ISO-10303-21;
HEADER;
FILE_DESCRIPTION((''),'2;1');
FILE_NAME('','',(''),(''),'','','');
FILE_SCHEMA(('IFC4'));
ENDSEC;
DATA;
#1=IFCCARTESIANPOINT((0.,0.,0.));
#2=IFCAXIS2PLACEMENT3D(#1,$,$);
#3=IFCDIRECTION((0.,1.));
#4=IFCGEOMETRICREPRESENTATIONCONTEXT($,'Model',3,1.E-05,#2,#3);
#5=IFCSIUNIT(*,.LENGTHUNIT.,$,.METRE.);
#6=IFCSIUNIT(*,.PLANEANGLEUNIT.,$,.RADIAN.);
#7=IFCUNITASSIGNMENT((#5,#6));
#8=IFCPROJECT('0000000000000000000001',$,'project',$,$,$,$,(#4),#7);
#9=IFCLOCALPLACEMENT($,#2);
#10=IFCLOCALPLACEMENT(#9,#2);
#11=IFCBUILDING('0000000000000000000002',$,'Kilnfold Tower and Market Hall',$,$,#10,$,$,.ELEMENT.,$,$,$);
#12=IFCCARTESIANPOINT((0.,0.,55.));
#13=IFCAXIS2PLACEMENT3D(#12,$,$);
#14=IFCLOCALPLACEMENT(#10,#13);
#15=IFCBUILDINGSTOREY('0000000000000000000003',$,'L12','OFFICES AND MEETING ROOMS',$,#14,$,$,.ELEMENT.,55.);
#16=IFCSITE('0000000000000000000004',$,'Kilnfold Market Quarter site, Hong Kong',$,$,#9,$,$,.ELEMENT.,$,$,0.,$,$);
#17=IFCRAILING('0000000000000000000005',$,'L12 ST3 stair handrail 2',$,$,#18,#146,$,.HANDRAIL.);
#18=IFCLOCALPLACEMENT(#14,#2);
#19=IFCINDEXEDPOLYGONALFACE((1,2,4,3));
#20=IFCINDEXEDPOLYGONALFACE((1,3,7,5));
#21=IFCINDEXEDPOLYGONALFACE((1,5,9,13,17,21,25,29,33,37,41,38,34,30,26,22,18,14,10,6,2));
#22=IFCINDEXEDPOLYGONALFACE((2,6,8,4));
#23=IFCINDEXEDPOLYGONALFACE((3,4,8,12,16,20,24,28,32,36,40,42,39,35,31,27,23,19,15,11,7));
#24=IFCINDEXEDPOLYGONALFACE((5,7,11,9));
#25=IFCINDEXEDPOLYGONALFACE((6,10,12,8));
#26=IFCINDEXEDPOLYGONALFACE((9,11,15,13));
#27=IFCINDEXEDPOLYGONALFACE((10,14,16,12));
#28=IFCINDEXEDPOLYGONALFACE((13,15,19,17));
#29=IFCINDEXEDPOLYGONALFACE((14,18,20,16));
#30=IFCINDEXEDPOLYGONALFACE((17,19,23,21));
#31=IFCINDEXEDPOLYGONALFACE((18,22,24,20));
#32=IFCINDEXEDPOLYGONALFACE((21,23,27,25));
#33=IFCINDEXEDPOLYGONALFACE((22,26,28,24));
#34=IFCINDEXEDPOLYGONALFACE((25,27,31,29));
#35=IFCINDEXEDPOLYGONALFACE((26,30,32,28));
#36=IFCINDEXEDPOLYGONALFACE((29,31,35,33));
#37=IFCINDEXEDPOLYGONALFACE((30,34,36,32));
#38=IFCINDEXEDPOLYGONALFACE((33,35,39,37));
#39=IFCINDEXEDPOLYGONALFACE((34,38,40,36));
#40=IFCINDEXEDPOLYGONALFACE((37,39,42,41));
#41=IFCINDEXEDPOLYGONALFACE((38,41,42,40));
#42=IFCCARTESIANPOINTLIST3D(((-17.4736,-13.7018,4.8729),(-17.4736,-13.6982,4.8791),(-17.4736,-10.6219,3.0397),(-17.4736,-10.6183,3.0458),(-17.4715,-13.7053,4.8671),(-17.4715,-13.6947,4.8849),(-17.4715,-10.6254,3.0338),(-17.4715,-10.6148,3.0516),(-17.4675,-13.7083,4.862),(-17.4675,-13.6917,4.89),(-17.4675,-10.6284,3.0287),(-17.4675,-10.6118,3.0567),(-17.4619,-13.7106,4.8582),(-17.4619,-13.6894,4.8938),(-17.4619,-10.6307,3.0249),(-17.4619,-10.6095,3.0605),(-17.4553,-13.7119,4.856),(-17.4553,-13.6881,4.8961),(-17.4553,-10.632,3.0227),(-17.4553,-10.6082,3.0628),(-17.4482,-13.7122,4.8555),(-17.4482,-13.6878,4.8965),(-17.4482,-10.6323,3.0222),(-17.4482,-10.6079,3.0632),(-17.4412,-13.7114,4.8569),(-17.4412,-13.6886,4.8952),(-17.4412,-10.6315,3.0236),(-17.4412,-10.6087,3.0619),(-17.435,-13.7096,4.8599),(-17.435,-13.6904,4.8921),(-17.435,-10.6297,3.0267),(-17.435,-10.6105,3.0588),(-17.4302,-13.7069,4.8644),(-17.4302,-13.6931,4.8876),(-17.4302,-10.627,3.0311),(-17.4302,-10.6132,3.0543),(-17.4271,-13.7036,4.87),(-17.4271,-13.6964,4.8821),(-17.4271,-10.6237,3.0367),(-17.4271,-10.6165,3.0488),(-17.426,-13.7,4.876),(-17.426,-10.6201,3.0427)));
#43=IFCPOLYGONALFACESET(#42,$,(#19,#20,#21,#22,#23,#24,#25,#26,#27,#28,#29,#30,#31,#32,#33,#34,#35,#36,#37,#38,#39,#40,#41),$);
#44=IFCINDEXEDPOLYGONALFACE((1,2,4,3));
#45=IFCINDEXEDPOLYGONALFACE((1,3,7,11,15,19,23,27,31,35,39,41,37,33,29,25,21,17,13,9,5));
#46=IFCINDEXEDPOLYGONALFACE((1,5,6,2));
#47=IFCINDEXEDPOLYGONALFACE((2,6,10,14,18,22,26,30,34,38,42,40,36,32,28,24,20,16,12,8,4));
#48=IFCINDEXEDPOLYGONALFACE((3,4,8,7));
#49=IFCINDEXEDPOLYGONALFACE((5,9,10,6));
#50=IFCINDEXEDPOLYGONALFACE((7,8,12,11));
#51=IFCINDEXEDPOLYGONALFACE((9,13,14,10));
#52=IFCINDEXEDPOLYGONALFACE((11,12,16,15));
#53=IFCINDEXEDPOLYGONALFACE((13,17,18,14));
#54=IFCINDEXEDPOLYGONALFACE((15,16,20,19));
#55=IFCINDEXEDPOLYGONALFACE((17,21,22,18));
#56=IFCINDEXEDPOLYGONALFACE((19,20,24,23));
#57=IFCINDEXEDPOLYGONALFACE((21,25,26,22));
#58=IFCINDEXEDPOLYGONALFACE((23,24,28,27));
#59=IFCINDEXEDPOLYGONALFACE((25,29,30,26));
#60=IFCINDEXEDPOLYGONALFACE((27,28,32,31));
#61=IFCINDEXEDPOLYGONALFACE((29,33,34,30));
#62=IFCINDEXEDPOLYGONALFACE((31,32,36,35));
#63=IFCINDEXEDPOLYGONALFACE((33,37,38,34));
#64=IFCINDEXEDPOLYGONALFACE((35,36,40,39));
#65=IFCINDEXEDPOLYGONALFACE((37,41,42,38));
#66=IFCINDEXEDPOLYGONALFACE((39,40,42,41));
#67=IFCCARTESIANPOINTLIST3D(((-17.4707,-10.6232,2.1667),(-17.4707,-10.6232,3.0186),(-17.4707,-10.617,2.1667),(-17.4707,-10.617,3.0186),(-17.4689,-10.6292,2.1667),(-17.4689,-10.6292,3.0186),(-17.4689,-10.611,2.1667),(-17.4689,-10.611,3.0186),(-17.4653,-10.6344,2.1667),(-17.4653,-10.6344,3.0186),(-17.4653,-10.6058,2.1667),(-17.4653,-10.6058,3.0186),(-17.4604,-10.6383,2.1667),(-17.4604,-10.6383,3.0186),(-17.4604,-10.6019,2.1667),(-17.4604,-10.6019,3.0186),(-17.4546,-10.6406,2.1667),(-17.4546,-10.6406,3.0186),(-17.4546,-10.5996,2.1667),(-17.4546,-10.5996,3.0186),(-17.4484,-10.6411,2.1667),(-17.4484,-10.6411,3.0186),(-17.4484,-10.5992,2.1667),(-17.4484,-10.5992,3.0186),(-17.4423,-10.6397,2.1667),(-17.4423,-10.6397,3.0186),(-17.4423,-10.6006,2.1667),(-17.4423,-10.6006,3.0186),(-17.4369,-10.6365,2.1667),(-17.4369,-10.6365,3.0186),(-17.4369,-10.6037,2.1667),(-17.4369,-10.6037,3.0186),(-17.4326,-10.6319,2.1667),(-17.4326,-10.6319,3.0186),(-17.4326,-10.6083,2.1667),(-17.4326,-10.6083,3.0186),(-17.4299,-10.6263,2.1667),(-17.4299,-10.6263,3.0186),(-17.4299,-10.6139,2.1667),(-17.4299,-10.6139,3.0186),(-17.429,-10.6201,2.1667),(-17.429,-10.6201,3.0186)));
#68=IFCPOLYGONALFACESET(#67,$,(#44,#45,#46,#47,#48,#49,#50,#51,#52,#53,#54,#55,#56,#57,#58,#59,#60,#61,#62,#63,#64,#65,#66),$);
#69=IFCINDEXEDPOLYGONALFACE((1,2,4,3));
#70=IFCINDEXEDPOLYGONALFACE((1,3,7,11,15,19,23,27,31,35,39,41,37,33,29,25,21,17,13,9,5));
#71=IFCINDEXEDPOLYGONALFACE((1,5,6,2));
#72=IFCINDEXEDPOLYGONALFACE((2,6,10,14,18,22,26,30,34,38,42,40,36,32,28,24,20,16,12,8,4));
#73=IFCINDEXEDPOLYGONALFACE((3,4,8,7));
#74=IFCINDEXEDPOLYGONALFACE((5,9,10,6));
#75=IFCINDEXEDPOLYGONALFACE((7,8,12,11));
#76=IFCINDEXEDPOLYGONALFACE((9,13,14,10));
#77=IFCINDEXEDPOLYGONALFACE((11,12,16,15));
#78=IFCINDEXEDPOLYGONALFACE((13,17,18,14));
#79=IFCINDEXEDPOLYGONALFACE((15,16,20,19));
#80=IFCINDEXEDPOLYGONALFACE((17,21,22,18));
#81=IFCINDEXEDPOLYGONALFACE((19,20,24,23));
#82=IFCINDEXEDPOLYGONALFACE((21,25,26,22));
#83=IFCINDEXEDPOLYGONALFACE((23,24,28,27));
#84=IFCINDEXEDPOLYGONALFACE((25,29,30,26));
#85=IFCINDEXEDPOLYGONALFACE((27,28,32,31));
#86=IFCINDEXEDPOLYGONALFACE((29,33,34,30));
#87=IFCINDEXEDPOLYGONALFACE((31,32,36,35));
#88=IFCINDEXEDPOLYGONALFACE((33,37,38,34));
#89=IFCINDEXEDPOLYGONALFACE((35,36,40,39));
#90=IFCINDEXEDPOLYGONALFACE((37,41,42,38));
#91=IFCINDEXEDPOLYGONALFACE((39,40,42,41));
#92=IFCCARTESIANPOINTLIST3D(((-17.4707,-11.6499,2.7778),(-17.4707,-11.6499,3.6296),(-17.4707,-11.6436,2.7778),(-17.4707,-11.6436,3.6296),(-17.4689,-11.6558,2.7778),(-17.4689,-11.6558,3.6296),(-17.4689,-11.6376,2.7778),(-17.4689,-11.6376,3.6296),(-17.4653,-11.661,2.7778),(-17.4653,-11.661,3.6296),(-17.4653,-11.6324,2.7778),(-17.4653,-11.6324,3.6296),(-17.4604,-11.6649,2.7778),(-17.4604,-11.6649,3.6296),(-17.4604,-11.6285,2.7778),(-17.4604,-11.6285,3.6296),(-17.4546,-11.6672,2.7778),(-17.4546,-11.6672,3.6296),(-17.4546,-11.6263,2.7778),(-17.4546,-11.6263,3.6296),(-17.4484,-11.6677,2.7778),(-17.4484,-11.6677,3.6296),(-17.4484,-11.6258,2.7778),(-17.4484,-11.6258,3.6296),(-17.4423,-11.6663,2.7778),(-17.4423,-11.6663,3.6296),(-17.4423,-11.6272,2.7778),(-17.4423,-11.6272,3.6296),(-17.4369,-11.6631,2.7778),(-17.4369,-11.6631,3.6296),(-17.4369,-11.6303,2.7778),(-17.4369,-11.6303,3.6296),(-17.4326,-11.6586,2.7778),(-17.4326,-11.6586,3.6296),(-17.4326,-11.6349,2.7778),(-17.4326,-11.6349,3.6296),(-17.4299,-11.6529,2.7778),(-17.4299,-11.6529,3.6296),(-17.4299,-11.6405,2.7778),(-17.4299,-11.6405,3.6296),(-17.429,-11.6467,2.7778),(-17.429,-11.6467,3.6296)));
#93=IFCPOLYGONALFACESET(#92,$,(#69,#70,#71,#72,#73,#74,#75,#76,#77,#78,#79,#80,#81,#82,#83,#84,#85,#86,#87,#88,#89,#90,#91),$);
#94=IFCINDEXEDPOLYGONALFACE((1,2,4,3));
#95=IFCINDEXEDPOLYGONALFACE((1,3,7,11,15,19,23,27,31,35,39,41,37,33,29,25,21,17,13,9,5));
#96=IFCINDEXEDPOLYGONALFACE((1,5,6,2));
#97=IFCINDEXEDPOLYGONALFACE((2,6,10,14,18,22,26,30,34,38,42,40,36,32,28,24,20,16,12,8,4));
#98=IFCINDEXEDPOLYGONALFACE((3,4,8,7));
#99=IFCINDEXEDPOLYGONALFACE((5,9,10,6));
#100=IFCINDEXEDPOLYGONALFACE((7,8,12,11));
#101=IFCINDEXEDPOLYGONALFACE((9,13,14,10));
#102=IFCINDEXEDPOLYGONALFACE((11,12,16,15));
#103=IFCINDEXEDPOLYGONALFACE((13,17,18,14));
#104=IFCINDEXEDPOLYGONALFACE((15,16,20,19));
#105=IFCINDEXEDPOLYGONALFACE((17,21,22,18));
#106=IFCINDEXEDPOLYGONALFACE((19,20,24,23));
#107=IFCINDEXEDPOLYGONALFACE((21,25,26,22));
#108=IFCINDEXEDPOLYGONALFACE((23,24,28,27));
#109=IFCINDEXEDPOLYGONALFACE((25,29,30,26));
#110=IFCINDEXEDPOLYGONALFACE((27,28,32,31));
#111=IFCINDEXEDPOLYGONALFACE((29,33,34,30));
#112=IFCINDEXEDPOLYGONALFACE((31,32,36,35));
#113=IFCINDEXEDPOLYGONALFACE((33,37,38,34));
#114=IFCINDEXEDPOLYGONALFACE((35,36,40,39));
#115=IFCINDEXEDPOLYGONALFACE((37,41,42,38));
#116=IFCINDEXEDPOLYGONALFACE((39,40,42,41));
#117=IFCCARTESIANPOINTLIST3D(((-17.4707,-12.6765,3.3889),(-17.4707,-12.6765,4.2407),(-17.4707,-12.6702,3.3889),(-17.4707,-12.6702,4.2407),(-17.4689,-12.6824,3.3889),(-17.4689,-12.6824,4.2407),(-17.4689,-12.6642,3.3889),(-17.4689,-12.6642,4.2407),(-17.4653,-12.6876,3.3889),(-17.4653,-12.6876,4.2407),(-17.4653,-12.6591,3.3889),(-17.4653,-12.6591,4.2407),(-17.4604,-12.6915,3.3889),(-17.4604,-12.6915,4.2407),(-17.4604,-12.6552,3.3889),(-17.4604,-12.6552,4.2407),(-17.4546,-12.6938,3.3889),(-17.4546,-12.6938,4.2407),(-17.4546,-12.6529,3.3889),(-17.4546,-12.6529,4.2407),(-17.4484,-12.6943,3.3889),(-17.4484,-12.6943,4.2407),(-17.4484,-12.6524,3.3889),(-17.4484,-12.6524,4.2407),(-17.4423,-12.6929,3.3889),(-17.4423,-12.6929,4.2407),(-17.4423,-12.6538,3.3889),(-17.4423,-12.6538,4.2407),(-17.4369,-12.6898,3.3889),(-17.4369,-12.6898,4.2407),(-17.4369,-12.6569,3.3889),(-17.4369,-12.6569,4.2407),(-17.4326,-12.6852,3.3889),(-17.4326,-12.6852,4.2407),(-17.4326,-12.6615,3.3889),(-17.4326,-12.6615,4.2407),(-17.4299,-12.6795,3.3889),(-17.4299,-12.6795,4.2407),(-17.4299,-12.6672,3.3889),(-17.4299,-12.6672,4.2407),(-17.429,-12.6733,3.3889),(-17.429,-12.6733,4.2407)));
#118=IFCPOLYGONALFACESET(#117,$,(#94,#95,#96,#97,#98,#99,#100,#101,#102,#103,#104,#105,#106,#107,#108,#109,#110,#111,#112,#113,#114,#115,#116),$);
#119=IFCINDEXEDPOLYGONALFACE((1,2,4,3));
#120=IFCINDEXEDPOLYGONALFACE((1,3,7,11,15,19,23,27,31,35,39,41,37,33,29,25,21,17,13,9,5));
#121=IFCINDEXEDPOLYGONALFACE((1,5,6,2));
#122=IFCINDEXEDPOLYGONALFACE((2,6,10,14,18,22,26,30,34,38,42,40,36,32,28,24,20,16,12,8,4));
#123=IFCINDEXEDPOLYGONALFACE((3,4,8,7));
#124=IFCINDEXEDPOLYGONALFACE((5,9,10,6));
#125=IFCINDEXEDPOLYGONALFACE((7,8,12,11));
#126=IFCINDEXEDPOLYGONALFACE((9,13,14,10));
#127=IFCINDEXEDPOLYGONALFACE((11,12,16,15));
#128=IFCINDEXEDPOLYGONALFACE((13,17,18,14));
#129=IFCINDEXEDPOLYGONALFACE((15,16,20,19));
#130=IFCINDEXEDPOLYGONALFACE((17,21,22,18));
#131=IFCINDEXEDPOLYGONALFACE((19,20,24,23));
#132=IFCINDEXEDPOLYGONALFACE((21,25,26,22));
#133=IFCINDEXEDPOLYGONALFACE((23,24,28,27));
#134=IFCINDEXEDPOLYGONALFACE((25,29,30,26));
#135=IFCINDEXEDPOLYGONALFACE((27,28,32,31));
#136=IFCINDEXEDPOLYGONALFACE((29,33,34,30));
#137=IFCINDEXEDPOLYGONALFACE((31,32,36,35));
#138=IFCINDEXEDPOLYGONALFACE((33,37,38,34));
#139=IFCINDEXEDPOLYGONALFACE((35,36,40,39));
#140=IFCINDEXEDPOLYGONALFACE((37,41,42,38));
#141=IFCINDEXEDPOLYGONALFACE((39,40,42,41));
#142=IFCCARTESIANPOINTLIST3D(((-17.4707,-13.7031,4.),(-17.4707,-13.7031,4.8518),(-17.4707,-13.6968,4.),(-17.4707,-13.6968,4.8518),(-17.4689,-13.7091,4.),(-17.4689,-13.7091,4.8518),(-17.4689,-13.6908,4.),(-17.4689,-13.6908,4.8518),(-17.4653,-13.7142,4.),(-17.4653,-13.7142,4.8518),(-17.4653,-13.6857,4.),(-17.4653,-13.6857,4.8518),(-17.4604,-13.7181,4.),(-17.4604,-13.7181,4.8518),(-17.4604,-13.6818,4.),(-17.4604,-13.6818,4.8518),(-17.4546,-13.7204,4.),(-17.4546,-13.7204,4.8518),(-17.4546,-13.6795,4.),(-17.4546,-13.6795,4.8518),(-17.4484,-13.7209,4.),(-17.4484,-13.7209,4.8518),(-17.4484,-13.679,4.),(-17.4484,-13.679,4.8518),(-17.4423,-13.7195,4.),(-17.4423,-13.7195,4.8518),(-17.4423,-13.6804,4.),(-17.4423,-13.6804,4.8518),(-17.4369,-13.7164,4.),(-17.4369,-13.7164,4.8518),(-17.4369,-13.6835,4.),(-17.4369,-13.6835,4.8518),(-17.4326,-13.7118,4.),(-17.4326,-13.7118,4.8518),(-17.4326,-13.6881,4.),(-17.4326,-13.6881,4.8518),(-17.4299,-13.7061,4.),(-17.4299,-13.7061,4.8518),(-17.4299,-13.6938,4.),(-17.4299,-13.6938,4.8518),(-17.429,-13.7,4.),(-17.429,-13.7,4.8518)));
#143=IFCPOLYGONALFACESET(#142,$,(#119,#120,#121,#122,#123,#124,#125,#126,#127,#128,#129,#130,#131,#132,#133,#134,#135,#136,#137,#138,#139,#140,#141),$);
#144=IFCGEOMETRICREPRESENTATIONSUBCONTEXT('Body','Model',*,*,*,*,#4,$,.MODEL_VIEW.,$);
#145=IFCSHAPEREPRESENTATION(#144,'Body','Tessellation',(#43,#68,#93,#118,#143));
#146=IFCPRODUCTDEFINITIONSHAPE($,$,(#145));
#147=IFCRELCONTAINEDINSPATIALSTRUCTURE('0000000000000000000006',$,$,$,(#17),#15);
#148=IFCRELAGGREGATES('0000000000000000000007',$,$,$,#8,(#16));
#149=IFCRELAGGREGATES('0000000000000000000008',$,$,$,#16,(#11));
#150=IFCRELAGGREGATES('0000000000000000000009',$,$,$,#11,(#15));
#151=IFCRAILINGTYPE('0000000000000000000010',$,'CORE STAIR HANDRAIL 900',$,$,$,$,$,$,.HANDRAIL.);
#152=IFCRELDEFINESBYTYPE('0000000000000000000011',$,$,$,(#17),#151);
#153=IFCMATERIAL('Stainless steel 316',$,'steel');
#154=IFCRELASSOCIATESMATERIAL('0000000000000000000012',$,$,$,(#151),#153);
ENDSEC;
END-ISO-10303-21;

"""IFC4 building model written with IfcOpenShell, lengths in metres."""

from ifc_helpers import new_model, si_unit, direction, frame, origin, origin_2d, place, context, subcontext, project, spatial, circle, extrude, material, type_object, element, save


model = new_model("IFC4")

# Units and contexts
model_context = context("Model", 3, precision=1e-05, world=origin(), true_north=direction((0.0, 1.0)))
body_context = subcontext(model_context, "Body", "Model", "MODEL_VIEW")
ifc_project = project(units=[si_unit("LENGTHUNIT", "METRE"), si_unit("PLANEANGLEUNIT", "RADIAN")], contexts=[model_context])

# Site, building, storey
site_placement = place(None, origin())
site = spatial("IfcSite", under=ifc_project, at=site_placement, Name="Kilnfold Market Quarter site, Hong Kong", CompositionType="ELEMENT", RefElevation=0.0)
building_placement = place(site_placement, origin())
building = spatial("IfcBuilding", under=site, at=building_placement, Name="Kilnfold Tower and Market Hall", CompositionType="ELEMENT")
storey_placement = place(building_placement, frame((0.0, 0.0, 55.0)))
storey = spatial("IfcBuildingStorey", under=building, at=storey_placement, Name="L12", Description="OFFICES AND MEETING ROOMS", CompositionType="ELEMENT", Elevation=55.0)

# Railing
ifc_material_1 = material(Name="Stainless steel 316", Category="steel")
railing_type_1 = type_object("IfcRailingType", Name="CORE STAIR HANDRAIL 900", PredefinedType="HANDRAIL", material=ifc_material_1)
railing_1_placement = place(storey_placement, frame((-17.45, -10.6201, 2.1667)))
element("IfcRailing", 1, at=railing_1_placement, inside=storey, type_object=railing_type_1, Name="L12 ST3 stair handrail 2", PredefinedType="HANDRAIL", context=body_context, shape_type="SweptSolid", body=[
    extrude(circle(Radius=0.0239, at=origin_2d()), frame((0.0, 0.0, 0.876), z_axis=(0.0, -0.859291, 0.511487), x_axis=(1.0, 0.0, 0.0)), (0.0, 0.0, 1.0), 3.5842),
    extrude(circle(Radius=0.021, at=origin_2d()), origin(), (0.0, 0.0, 1.0), 0.8518),
    extrude(circle(Radius=0.021, at=origin_2d()), frame((0.0, -1.0266, 0.6111)), (0.0, 0.0, 1.0), 0.8518),
    extrude(circle(Radius=0.021, at=origin_2d()), frame((0.0, -2.0532, 1.2222)), (0.0, 0.0, 1.0), 0.8518),
    extrude(circle(Radius=0.021, at=origin_2d()), frame((0.0, -3.0798, 1.8333)), (0.0, 0.0, 1.0), 0.8518),
])

save(model, "model.ifc")
